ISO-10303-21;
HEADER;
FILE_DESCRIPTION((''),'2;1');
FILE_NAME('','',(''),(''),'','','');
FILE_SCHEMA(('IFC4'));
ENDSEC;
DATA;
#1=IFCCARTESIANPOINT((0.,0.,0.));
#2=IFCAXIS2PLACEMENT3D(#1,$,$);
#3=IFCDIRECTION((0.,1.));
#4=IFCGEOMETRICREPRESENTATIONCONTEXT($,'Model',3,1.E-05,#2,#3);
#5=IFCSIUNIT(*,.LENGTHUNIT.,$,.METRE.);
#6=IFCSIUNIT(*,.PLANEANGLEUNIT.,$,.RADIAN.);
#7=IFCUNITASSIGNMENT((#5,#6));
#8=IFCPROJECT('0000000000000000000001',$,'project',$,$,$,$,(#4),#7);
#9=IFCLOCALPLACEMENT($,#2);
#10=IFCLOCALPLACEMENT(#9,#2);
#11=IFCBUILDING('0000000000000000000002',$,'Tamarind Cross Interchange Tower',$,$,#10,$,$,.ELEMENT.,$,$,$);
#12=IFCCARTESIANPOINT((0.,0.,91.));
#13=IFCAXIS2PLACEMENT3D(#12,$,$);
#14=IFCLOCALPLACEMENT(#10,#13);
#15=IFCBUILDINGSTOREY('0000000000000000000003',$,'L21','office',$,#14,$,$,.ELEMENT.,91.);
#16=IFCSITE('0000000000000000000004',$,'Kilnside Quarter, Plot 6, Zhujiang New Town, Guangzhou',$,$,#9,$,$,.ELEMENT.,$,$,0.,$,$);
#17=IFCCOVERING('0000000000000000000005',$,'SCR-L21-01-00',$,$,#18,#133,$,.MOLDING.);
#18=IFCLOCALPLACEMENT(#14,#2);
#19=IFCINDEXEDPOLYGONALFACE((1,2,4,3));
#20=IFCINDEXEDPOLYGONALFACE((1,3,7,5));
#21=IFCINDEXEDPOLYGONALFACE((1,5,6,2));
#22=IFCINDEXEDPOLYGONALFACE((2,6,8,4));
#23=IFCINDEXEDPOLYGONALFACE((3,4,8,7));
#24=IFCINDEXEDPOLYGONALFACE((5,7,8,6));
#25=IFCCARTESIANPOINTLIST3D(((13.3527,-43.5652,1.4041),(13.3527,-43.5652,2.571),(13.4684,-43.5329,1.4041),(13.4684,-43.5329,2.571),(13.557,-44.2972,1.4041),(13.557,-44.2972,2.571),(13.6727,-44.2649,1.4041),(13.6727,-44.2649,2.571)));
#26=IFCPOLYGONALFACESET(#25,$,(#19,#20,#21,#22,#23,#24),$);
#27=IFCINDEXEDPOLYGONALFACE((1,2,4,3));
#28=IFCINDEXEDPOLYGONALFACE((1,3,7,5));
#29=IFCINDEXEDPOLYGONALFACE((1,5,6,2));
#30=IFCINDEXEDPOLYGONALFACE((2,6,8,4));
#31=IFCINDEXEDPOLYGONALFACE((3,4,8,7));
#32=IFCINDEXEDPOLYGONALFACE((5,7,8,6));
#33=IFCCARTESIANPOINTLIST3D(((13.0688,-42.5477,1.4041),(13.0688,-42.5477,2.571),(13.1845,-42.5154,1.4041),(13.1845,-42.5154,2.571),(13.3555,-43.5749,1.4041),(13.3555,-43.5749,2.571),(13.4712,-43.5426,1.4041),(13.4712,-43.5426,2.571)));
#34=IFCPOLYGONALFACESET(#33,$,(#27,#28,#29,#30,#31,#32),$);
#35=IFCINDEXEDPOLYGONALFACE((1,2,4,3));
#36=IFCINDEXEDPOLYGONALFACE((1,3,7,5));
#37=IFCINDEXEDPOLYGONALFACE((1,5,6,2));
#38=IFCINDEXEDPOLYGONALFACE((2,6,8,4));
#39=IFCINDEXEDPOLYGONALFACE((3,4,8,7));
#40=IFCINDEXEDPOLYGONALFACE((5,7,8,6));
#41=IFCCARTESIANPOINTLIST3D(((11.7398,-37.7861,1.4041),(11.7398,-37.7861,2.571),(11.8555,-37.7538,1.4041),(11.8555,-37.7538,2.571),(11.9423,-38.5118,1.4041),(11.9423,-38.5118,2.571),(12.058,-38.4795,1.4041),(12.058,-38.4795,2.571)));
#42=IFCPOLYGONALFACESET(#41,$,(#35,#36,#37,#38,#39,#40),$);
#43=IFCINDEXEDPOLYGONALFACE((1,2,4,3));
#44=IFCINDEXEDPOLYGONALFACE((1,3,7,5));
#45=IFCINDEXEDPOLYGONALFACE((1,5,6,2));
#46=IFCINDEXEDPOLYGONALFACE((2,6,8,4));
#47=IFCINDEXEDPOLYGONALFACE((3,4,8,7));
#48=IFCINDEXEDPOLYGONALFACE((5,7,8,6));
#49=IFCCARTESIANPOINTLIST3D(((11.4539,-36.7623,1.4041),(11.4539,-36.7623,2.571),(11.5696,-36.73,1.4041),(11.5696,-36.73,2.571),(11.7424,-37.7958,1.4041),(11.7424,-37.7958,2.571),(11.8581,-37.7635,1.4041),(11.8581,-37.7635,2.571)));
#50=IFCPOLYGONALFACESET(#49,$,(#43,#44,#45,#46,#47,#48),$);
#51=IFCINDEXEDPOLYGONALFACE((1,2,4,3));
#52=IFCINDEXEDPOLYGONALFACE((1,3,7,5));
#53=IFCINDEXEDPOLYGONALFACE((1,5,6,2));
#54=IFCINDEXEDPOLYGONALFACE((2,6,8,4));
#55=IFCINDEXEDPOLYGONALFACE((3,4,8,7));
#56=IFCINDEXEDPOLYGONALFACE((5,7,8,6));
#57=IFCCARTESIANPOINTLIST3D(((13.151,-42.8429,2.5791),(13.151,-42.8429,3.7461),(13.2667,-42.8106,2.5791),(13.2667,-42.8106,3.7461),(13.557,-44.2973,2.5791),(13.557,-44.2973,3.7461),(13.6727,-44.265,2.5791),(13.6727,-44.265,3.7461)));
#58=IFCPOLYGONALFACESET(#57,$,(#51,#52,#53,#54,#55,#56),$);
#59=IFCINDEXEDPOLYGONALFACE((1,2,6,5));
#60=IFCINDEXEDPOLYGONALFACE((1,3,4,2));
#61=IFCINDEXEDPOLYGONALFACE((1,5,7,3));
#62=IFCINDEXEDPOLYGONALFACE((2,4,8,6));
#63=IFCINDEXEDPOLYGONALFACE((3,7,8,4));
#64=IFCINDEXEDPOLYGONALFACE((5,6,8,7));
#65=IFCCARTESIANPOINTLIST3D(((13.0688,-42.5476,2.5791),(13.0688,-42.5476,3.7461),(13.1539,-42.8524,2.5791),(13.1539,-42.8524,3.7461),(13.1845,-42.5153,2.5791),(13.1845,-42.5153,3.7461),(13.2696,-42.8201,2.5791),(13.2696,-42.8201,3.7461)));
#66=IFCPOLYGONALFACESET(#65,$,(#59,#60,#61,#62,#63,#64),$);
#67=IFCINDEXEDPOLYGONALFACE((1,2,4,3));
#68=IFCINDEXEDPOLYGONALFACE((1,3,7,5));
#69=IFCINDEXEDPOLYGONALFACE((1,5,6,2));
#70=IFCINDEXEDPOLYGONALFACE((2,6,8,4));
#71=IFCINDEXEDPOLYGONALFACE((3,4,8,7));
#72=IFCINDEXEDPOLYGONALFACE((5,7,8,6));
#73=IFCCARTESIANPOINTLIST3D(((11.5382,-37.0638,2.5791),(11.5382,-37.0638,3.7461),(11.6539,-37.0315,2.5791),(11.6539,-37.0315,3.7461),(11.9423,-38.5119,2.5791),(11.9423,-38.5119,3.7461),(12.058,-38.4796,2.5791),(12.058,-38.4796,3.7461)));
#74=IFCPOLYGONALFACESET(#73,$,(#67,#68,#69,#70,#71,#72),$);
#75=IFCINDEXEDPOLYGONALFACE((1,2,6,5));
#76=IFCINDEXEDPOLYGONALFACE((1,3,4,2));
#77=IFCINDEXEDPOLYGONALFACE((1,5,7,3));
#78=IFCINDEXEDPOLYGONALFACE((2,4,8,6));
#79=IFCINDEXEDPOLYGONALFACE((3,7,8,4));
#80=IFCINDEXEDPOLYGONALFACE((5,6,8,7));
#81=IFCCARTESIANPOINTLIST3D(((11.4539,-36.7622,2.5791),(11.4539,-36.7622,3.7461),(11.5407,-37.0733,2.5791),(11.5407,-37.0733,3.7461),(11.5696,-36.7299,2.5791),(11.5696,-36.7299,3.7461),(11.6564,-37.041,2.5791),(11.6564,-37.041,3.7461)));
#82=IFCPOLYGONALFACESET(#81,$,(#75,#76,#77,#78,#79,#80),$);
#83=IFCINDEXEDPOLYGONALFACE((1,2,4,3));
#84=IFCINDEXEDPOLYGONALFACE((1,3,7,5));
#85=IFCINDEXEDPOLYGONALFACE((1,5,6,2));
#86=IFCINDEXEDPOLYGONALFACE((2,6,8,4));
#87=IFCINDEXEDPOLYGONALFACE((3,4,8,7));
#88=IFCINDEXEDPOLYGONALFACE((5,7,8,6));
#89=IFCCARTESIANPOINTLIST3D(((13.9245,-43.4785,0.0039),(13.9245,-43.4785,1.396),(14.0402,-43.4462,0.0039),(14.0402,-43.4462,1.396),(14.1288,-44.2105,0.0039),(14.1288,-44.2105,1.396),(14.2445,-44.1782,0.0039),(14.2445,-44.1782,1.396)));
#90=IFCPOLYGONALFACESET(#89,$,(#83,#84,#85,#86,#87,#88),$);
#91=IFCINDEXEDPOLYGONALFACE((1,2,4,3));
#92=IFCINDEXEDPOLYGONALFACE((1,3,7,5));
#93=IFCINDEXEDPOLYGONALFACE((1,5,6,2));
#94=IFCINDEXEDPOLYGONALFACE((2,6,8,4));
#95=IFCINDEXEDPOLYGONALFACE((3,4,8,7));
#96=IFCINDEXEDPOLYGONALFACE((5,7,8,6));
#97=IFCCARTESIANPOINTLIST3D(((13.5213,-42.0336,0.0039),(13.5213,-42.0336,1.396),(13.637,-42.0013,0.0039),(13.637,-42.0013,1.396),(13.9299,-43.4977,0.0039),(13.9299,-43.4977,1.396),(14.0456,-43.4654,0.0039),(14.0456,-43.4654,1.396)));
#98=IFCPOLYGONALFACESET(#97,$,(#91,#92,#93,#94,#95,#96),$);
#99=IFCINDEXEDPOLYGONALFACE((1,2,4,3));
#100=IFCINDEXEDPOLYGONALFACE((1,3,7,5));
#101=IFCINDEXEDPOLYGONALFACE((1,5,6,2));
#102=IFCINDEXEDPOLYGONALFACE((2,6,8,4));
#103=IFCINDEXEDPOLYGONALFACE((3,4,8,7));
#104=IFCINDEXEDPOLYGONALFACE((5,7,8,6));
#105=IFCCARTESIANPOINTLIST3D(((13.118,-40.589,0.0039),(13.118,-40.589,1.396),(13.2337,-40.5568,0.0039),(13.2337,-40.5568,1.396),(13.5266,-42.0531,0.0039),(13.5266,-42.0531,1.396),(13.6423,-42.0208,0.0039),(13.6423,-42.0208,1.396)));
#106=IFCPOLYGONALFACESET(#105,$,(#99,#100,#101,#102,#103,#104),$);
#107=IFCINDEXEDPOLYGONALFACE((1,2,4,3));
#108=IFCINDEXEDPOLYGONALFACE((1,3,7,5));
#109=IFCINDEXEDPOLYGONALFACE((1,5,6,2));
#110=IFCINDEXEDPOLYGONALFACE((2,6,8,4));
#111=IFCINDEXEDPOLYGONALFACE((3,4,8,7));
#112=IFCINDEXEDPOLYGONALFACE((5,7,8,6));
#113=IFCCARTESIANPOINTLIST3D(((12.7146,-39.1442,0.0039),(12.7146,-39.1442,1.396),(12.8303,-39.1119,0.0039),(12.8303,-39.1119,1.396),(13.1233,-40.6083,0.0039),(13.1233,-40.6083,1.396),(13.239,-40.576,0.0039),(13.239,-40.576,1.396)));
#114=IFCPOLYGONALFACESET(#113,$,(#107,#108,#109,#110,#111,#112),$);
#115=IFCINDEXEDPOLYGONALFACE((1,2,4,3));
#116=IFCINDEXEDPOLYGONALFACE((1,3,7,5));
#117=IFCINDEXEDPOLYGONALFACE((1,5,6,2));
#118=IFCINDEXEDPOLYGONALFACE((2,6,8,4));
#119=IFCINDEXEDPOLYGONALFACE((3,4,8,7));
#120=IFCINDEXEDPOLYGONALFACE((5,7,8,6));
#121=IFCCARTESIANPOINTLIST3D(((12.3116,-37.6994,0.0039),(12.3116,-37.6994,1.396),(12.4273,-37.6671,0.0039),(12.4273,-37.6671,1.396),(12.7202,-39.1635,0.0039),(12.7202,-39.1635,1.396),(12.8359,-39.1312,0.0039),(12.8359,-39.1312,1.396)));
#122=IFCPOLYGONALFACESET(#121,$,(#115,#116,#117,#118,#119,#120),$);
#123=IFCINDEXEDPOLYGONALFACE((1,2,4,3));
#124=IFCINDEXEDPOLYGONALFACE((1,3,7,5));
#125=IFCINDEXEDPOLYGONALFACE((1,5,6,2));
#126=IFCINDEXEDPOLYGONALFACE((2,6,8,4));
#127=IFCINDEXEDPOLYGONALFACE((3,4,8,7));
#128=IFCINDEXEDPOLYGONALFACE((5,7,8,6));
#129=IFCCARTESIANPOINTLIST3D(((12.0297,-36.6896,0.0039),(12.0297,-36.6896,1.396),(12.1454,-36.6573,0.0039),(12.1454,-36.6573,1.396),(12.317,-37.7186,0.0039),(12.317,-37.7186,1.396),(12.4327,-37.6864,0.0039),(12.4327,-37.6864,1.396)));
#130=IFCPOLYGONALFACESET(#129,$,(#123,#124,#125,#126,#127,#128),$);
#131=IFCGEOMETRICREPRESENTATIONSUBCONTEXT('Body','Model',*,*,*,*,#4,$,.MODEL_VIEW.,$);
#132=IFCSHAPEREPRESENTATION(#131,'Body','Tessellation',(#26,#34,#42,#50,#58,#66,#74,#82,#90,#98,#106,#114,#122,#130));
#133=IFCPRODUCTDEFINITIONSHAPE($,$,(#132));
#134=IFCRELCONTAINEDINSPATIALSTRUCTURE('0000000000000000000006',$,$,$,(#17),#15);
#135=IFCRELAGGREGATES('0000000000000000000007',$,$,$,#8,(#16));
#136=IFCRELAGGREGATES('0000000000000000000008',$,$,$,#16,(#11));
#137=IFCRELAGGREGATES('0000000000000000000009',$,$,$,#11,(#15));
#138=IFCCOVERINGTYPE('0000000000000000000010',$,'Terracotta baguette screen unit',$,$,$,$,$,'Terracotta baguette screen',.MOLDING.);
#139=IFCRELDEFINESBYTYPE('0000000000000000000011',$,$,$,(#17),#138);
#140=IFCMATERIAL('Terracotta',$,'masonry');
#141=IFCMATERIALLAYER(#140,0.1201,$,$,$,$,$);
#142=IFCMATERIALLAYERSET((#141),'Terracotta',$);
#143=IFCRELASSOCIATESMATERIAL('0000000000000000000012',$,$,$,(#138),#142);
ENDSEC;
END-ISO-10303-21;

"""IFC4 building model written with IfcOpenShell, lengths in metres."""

from ifc_helpers import new_model, si_unit, direction, frame, origin, origin_2d, place, context, subcontext, project, spatial, rectangle, extrude, material, layer, layer_set, type_object, element, save


model = new_model("IFC4")

# Units and contexts
model_context = context("Model", 3, precision=1e-05, world=origin(), true_north=direction((0.0, 1.0)))
body_context = subcontext(model_context, "Body", "Model", "MODEL_VIEW")
ifc_project = project(units=[si_unit("LENGTHUNIT", "METRE"), si_unit("PLANEANGLEUNIT", "RADIAN")], contexts=[model_context])

# Site, building, storey
site_placement = place(None, origin())
site = spatial("IfcSite", under=ifc_project, at=site_placement, Name="Kilnside Quarter, Plot 6, Zhujiang New Town, Guangzhou", CompositionType="ELEMENT", RefElevation=0.0)
building_placement = place(site_placement, origin())
building = spatial("IfcBuilding", under=site, at=building_placement, Name="Tamarind Cross Interchange Tower", CompositionType="ELEMENT")
storey_placement = place(building_placement, frame((0.0, 0.0, 91.0)))
storey = spatial("IfcBuildingStorey", under=building, at=storey_placement, Name="L21", Description="office", CompositionType="ELEMENT", Elevation=91.0)

# Covering
ifc_material_1 = material(Name="Terracotta", Category="masonry")
ifc_layer_1 = layer(ifc_material_1, 0.1201)
ifc_layer_set_1 = layer_set([ifc_layer_1], Name="Terracotta")
covering_type = type_object("IfcCoveringType", Name="Terracotta baguette screen unit", ElementType="Terracotta baguette screen", PredefinedType="MOLDING", material=ifc_layer_set_1)
covering_1_placement = place(storey_placement, origin())
element("IfcCovering", 1, at=covering_1_placement, inside=storey, type_object=covering_type, Name="SCR-L21-01-00", PredefinedType="MOLDING", context=body_context, shape_type="SweptSolid", body=[
    extrude(rectangle(XDim=0.76, YDim=0.1201, at=origin_2d()), frame((13.5127, -43.915, 1.4041), z_axis=(0.0, 0.0, 1.0), x_axis=(-0.268831, 0.963187, 0.0)), (0.0, 0.0, 1.0), 1.167),
    extrude(rectangle(XDim=1.0664, YDim=0.1201, at=origin_2d()), frame((13.27, -43.0452, 1.4041), z_axis=(0.0, 0.0, 1.0), x_axis=(-0.268831, 0.963187, 0.0)), (0.0, 0.0, 1.0), 1.167),
    extrude(rectangle(XDim=0.7534, YDim=0.1201, at=origin_2d()), frame((11.8989, -38.1328, 1.4041), z_axis=(0.0, 0.0, 1.0), x_axis=(-0.268831, 0.963187, 0.0)), (0.0, 0.0, 1.0), 1.167),
    extrude(rectangle(XDim=1.073, YDim=0.1201, at=origin_2d()), frame((11.656, -37.2629, 1.4041), z_axis=(0.0, 0.0, 1.0), x_axis=(-0.268831, 0.963187, 0.0)), (0.0, 0.0, 1.0), 1.167),
    extrude(rectangle(XDim=1.51, YDim=0.1201, at=origin_2d()), frame((13.4119, -43.554, 2.5791), z_axis=(0.0, 0.0, 1.0), x_axis=(-0.268831, 0.963187, 0.0)), (0.0, 0.0, 1.0), 1.167),
    extrude(rectangle(XDim=0.3164, YDim=0.1201, at=origin_2d()), frame((13.1692, -42.6838, 2.5791), z_axis=(0.0, 0.0, 1.0), x_axis=(-0.268831, 0.963187, 0.0)), (0.0, 0.0, 1.0), 1.167),
    extrude(rectangle(XDim=1.5034, YDim=0.1201, at=origin_2d()), frame((11.7981, -37.7717, 2.5791), z_axis=(0.0, 0.0, 1.0), x_axis=(-0.268831, 0.963187, 0.0)), (0.0, 0.0, 1.0), 1.167),
    extrude(rectangle(XDim=0.323, YDim=0.1201, at=origin_2d()), frame((11.5552, -36.9016, 2.5791), z_axis=(0.0, 0.0, 1.0), x_axis=(-0.268831, 0.963187, 0.0)), (0.0, 0.0, 1.0), 1.167),
    extrude(rectangle(XDim=0.76, YDim=0.1201, at=origin_2d()), frame((14.0845, -43.8284, 0.0039), z_axis=(0.0, 0.0, 1.0), x_axis=(-0.268831, 0.963187, 0.0)), (0.0, 0.0, 1.0), 1.3921),
    extrude(rectangle(XDim=1.52, YDim=0.1201, at=origin_2d()), frame((13.7834, -42.7495, 0.0039), z_axis=(0.0, 0.0, 1.0), x_axis=(-0.268831, 0.963187, 0.0)), (0.0, 0.0, 1.0), 1.3921),
    extrude(rectangle(XDim=1.52, YDim=0.1201, at=origin_2d()), frame((13.3801, -41.3049, 0.0039), z_axis=(0.0, 0.0, 1.0), x_axis=(-0.268831, 0.963187, 0.0)), (0.0, 0.0, 1.0), 1.3921),
    extrude(rectangle(XDim=1.52, YDim=0.1201, at=origin_2d()), frame((12.9768, -39.8601, 0.0039), z_axis=(0.0, 0.0, 1.0), x_axis=(-0.268831, 0.963187, 0.0)), (0.0, 0.0, 1.0), 1.3921),
    extrude(rectangle(XDim=1.52, YDim=0.1201, at=origin_2d()), frame((12.5737, -38.4153, 0.0039), z_axis=(0.0, 0.0, 1.0), x_axis=(-0.268831, 0.963187, 0.0)), (0.0, 0.0, 1.0), 1.3921),
    extrude(rectangle(XDim=1.0684, YDim=0.1201, at=origin_2d()), frame((12.2312, -37.188, 0.0039), z_axis=(0.0, 0.0, 1.0), x_axis=(-0.268831, 0.963187, 0.0)), (0.0, 0.0, 1.0), 1.3921),
])

save(model, "model.ifc")
